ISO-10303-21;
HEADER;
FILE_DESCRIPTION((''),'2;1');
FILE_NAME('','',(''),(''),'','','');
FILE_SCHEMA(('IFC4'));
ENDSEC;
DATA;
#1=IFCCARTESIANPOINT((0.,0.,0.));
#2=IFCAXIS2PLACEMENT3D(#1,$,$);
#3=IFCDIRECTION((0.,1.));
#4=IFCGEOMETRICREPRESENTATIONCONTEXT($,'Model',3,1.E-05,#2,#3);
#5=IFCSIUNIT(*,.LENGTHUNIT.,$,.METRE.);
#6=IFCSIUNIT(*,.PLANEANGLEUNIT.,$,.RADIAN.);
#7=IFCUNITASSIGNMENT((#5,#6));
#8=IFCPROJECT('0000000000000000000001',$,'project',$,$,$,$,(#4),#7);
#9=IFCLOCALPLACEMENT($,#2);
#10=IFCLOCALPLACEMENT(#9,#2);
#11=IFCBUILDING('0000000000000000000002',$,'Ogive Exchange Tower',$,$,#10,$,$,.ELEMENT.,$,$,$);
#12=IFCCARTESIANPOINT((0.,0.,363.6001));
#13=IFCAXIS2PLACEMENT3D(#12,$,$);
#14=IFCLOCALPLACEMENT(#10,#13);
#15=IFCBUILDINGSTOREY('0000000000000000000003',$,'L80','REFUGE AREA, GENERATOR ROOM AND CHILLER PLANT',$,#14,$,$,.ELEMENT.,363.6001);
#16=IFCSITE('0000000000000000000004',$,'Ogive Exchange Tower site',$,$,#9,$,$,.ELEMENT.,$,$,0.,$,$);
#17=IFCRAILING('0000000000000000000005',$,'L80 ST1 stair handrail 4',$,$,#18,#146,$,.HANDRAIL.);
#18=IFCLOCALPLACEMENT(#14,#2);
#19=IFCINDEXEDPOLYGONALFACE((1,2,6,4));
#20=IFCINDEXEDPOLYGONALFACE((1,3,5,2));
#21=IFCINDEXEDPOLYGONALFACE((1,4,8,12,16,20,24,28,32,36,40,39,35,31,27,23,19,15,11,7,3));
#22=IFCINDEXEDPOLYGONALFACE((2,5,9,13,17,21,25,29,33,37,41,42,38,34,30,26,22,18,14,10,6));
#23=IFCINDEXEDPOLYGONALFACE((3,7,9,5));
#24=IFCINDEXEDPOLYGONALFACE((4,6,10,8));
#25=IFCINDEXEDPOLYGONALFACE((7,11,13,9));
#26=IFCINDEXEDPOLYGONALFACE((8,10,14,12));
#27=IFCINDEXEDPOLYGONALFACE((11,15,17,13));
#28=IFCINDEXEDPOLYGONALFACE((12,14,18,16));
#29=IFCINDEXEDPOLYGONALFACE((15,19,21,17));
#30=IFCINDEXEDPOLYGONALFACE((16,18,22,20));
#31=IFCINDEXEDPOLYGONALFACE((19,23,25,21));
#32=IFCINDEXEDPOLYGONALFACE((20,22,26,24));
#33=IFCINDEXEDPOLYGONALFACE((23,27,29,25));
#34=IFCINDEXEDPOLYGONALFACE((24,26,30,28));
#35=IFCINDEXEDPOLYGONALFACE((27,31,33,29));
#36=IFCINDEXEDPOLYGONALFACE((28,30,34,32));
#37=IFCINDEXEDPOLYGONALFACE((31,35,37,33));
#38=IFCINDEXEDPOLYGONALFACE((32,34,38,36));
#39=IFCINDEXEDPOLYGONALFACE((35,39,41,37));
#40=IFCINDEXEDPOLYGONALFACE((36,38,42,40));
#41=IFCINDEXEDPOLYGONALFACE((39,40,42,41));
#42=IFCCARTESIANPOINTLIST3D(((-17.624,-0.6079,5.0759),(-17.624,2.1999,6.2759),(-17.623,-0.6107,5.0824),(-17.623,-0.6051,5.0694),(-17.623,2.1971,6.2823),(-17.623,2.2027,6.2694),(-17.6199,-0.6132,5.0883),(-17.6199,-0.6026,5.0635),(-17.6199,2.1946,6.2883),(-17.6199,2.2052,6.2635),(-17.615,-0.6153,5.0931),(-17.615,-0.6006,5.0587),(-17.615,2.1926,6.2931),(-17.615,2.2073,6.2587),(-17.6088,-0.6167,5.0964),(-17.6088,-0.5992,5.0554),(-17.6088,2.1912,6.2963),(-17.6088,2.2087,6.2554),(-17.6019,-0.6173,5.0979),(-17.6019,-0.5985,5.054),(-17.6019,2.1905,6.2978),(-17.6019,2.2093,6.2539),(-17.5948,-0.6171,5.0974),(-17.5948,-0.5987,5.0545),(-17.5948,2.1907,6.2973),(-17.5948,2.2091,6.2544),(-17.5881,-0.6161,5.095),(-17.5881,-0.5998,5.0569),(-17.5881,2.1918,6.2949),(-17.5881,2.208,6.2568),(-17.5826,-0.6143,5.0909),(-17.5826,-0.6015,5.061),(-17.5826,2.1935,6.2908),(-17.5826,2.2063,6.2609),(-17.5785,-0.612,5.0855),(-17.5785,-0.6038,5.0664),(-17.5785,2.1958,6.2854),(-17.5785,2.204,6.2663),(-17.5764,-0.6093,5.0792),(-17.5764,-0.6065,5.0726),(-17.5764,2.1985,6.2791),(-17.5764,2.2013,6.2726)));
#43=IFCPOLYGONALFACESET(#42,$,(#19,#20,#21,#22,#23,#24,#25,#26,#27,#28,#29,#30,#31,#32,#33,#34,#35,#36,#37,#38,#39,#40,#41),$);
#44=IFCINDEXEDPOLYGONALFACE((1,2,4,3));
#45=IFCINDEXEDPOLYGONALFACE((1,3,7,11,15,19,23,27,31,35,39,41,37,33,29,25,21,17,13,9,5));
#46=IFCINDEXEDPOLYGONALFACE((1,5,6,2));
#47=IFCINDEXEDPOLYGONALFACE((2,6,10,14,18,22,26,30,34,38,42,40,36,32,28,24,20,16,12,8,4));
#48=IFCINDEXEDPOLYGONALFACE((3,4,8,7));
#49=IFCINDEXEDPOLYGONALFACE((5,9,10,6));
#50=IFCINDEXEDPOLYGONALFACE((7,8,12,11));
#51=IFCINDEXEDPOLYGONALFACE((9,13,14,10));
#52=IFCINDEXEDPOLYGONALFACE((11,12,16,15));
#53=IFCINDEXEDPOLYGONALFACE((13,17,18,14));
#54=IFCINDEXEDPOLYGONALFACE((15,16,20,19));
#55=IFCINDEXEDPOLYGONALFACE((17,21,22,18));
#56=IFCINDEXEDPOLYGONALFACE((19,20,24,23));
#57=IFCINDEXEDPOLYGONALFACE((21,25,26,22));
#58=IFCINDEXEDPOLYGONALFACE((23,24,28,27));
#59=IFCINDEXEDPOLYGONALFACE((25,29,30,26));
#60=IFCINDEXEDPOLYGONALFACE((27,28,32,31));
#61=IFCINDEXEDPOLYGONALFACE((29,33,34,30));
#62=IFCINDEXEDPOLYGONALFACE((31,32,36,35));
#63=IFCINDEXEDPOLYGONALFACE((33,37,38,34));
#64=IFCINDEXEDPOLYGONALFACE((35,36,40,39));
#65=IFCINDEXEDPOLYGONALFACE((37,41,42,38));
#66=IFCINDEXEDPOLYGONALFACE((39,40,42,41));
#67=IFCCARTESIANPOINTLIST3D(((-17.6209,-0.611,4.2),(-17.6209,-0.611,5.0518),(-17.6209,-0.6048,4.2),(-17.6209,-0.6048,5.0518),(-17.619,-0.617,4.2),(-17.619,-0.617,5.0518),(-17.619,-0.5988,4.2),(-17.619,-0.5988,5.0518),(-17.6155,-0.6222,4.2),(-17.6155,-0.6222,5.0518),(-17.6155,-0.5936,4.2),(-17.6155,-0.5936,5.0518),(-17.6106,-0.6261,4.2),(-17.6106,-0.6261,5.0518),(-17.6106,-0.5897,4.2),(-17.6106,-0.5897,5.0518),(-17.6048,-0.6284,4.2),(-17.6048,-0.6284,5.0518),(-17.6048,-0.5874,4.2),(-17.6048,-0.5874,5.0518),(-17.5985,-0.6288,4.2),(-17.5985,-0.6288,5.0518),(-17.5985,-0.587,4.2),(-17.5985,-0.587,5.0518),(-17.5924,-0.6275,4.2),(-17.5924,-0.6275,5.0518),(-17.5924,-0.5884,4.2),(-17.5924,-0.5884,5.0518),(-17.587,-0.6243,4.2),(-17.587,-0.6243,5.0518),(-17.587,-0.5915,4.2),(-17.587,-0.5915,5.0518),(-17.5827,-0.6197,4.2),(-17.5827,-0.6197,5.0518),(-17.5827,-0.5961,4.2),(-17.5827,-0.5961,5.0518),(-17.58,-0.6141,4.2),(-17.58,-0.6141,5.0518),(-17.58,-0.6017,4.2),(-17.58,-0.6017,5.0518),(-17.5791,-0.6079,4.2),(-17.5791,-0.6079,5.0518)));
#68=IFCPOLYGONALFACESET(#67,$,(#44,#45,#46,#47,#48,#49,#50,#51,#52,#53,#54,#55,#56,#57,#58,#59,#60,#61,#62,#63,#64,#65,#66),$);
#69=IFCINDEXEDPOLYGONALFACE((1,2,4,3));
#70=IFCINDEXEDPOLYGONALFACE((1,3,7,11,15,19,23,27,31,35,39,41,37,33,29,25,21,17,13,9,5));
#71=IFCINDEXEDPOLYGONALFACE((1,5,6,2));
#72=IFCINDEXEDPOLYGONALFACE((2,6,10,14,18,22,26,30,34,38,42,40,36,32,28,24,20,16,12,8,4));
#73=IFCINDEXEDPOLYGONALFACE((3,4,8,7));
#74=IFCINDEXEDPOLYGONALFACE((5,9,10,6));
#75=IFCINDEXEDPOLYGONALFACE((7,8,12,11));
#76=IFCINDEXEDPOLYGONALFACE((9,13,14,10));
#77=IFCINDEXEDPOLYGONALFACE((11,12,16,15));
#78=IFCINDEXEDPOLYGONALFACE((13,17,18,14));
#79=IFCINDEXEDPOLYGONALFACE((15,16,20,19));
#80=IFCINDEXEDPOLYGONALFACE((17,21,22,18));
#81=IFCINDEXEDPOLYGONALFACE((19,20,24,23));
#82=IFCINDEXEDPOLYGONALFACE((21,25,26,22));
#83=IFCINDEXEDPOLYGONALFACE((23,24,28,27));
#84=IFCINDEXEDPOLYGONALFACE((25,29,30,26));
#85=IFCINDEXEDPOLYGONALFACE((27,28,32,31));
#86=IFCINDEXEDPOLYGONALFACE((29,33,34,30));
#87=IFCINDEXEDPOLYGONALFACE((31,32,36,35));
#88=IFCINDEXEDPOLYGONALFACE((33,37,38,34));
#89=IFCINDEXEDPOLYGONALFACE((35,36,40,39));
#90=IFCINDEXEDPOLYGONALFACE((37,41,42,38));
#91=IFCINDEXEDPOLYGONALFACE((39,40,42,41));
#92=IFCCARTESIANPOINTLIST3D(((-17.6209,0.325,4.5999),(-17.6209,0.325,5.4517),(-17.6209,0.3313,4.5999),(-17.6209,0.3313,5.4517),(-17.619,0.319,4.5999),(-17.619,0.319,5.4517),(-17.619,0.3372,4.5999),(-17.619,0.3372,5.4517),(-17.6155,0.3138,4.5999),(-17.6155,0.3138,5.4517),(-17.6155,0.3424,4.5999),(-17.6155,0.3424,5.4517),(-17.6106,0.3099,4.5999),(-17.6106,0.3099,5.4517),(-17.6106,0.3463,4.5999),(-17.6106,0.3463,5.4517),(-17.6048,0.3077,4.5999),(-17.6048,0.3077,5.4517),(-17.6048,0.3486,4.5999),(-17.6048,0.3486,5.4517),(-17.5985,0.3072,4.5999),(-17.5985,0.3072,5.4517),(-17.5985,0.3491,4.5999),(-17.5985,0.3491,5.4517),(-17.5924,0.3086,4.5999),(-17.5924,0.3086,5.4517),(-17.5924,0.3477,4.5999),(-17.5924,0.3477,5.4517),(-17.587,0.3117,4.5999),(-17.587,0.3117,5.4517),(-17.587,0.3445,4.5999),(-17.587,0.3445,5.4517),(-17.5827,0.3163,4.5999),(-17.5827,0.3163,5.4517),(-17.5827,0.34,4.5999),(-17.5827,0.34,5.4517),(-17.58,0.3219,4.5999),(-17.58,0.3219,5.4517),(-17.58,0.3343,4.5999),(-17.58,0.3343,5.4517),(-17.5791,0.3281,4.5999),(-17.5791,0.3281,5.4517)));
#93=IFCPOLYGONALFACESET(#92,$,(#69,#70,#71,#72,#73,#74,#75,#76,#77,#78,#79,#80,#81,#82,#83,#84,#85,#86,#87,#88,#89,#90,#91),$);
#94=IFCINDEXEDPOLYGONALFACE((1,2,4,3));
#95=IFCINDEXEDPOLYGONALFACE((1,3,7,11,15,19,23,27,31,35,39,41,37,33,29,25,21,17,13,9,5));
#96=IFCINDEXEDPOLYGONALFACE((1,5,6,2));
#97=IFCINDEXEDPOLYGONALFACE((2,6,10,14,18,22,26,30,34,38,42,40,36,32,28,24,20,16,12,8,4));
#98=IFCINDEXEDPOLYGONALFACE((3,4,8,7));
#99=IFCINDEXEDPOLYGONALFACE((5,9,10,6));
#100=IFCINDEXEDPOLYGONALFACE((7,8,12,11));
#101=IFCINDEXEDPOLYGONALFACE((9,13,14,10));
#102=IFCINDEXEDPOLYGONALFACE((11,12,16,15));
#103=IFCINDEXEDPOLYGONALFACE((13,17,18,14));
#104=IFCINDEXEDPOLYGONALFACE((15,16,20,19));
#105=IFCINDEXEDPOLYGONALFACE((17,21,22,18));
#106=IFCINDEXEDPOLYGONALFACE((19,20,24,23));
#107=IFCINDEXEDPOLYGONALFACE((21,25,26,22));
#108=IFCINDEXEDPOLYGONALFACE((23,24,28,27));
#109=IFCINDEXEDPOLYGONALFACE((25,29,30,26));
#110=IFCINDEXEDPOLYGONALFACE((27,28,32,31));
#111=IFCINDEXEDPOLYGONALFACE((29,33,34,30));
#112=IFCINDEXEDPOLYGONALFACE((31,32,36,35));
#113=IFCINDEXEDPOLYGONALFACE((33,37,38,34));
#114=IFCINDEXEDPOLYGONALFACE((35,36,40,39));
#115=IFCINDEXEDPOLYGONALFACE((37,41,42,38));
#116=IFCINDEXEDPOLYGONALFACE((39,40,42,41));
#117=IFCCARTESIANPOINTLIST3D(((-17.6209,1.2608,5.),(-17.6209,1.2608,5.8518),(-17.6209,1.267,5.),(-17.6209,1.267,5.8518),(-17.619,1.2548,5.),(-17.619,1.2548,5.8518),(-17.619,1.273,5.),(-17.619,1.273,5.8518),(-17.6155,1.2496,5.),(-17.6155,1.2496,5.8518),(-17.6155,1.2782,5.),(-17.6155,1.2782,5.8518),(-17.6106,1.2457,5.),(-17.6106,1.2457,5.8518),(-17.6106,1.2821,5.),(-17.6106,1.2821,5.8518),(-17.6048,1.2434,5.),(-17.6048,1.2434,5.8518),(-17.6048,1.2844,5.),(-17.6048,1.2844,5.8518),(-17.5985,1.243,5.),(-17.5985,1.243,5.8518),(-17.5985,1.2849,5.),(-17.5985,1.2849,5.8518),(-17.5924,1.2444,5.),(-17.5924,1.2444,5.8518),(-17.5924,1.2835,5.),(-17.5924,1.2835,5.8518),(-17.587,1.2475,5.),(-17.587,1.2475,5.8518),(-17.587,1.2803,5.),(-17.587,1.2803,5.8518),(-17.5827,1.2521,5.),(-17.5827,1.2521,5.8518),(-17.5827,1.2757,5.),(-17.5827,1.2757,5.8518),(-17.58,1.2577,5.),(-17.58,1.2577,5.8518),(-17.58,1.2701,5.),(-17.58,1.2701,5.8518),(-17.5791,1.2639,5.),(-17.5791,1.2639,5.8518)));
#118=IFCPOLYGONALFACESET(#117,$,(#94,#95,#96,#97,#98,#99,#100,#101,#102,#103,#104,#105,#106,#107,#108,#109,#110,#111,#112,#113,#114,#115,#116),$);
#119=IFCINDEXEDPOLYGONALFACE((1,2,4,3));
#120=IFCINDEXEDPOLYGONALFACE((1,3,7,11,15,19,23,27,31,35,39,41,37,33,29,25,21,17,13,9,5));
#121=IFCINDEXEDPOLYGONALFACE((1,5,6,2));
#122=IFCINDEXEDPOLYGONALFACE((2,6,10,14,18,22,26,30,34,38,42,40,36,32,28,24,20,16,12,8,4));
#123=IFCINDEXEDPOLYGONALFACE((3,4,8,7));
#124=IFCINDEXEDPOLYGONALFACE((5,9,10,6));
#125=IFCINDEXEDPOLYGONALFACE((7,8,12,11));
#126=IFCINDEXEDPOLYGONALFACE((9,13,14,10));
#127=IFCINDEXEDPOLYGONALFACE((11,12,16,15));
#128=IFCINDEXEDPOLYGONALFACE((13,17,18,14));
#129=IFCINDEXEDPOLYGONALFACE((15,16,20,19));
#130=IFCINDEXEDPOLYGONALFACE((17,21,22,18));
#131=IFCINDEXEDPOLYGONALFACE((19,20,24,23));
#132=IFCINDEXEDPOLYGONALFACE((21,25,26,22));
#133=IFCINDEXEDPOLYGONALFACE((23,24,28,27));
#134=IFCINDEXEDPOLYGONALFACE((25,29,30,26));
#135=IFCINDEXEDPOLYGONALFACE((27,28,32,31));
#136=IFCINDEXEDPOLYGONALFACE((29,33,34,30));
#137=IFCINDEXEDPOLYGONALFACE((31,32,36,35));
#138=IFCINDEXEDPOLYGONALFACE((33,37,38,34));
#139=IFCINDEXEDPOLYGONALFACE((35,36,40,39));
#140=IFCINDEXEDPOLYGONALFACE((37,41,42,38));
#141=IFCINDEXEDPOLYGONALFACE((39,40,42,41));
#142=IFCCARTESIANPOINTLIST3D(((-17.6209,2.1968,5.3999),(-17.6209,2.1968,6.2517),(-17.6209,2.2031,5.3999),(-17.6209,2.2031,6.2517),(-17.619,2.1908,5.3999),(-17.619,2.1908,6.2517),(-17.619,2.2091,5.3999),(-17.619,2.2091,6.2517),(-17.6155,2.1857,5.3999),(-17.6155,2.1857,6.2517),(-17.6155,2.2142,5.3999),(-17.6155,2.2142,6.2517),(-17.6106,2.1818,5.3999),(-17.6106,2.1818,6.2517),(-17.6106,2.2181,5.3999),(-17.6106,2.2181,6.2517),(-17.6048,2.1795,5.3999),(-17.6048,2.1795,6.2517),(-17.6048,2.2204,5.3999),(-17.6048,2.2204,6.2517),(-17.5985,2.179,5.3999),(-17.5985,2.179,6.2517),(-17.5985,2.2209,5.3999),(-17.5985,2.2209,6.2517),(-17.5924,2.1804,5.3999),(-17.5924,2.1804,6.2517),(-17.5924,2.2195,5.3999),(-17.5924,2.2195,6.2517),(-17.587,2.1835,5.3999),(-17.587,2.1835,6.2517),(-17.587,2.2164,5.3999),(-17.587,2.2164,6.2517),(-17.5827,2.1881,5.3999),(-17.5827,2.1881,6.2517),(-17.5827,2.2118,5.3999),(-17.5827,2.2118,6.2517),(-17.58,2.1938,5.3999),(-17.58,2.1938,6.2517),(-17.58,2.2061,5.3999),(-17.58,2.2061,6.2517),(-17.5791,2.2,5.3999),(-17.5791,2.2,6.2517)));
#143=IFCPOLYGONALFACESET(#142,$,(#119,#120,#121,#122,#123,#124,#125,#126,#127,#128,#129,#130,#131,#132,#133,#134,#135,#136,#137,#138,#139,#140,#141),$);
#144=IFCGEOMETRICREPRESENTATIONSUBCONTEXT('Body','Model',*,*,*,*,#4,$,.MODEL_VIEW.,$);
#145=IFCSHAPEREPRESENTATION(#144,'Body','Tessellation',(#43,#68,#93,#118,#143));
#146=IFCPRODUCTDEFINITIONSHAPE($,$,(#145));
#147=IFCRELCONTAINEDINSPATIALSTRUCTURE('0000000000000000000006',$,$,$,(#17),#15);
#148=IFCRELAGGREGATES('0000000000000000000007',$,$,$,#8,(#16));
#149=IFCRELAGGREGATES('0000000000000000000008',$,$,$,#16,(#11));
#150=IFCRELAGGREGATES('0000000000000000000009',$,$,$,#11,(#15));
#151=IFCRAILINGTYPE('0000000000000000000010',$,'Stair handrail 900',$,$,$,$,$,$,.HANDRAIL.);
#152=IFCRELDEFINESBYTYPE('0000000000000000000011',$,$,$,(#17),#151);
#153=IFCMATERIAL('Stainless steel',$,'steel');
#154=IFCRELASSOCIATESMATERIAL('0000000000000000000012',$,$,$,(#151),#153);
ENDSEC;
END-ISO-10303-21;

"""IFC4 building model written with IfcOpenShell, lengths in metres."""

from ifc_helpers import new_model, si_unit, direction, frame, origin, origin_2d, place, context, subcontext, project, spatial, circle, extrude, material, type_object, element, save


model = new_model("IFC4")

# Units and contexts
model_context = context("Model", 3, precision=1e-05, world=origin(), true_north=direction((0.0, 1.0)))
body_context = subcontext(model_context, "Body", "Model", "MODEL_VIEW")
ifc_project = project(units=[si_unit("LENGTHUNIT", "METRE"), si_unit("PLANEANGLEUNIT", "RADIAN")], contexts=[model_context])

# Site, building, storey
site_placement = place(None, origin())
site = spatial("IfcSite", under=ifc_project, at=site_placement, Name="Ogive Exchange Tower site", CompositionType="ELEMENT", RefElevation=0.0)
building_placement = place(site_placement, origin())
building = spatial("IfcBuilding", under=site, at=building_placement, Name="Ogive Exchange Tower", CompositionType="ELEMENT")
storey_placement = place(building_placement, frame((0.0, 0.0, 363.6001)))
storey = spatial("IfcBuildingStorey", under=building, at=storey_placement, Name="L80", Description="REFUGE AREA, GENERATOR ROOM AND CHILLER PLANT", CompositionType="ELEMENT", Elevation=363.6001)

# Railing
ifc_material_1 = material(Name="Stainless steel", Category="steel")
railing_type = type_object("IfcRailingType", Name="Stair handrail 900", PredefinedType="HANDRAIL", material=ifc_material_1)
for number, where, name in (
    (1, (-17.6001, -0.6079, 4.2), "L80 ST1 stair handrail 4"),
):
    element("IfcRailing", number, at=place(storey_placement, frame(where)), inside=storey, type_object=railing_type, Name=name, PredefinedType="HANDRAIL", context=body_context, shape_type="SweptSolid", body=[
        extrude(circle(Radius=0.0239, at=origin_2d()), frame((0.0, 0.0, 0.876), z_axis=(0.0, 0.91955, 0.392973), x_axis=(-1.0, 0.0, 0.0)), (0.0, 0.0, 1.0), 3.0535),
        extrude(circle(Radius=0.021, at=origin_2d()), origin(), (0.0, 0.0, 1.0), 0.8518),
        extrude(circle(Radius=0.021, at=origin_2d()), frame((0.0, 0.936, 0.3999)), (0.0, 0.0, 1.0), 0.8518),
        extrude(circle(Radius=0.021, at=origin_2d()), frame((0.0, 1.8718, 0.8)), (0.0, 0.0, 1.0), 0.8518),
        extrude(circle(Radius=0.021, at=origin_2d()), frame((0.0, 2.8079, 1.2)), (0.0, 0.0, 1.0), 0.8518),
    ])

save(model, "model.ifc")
